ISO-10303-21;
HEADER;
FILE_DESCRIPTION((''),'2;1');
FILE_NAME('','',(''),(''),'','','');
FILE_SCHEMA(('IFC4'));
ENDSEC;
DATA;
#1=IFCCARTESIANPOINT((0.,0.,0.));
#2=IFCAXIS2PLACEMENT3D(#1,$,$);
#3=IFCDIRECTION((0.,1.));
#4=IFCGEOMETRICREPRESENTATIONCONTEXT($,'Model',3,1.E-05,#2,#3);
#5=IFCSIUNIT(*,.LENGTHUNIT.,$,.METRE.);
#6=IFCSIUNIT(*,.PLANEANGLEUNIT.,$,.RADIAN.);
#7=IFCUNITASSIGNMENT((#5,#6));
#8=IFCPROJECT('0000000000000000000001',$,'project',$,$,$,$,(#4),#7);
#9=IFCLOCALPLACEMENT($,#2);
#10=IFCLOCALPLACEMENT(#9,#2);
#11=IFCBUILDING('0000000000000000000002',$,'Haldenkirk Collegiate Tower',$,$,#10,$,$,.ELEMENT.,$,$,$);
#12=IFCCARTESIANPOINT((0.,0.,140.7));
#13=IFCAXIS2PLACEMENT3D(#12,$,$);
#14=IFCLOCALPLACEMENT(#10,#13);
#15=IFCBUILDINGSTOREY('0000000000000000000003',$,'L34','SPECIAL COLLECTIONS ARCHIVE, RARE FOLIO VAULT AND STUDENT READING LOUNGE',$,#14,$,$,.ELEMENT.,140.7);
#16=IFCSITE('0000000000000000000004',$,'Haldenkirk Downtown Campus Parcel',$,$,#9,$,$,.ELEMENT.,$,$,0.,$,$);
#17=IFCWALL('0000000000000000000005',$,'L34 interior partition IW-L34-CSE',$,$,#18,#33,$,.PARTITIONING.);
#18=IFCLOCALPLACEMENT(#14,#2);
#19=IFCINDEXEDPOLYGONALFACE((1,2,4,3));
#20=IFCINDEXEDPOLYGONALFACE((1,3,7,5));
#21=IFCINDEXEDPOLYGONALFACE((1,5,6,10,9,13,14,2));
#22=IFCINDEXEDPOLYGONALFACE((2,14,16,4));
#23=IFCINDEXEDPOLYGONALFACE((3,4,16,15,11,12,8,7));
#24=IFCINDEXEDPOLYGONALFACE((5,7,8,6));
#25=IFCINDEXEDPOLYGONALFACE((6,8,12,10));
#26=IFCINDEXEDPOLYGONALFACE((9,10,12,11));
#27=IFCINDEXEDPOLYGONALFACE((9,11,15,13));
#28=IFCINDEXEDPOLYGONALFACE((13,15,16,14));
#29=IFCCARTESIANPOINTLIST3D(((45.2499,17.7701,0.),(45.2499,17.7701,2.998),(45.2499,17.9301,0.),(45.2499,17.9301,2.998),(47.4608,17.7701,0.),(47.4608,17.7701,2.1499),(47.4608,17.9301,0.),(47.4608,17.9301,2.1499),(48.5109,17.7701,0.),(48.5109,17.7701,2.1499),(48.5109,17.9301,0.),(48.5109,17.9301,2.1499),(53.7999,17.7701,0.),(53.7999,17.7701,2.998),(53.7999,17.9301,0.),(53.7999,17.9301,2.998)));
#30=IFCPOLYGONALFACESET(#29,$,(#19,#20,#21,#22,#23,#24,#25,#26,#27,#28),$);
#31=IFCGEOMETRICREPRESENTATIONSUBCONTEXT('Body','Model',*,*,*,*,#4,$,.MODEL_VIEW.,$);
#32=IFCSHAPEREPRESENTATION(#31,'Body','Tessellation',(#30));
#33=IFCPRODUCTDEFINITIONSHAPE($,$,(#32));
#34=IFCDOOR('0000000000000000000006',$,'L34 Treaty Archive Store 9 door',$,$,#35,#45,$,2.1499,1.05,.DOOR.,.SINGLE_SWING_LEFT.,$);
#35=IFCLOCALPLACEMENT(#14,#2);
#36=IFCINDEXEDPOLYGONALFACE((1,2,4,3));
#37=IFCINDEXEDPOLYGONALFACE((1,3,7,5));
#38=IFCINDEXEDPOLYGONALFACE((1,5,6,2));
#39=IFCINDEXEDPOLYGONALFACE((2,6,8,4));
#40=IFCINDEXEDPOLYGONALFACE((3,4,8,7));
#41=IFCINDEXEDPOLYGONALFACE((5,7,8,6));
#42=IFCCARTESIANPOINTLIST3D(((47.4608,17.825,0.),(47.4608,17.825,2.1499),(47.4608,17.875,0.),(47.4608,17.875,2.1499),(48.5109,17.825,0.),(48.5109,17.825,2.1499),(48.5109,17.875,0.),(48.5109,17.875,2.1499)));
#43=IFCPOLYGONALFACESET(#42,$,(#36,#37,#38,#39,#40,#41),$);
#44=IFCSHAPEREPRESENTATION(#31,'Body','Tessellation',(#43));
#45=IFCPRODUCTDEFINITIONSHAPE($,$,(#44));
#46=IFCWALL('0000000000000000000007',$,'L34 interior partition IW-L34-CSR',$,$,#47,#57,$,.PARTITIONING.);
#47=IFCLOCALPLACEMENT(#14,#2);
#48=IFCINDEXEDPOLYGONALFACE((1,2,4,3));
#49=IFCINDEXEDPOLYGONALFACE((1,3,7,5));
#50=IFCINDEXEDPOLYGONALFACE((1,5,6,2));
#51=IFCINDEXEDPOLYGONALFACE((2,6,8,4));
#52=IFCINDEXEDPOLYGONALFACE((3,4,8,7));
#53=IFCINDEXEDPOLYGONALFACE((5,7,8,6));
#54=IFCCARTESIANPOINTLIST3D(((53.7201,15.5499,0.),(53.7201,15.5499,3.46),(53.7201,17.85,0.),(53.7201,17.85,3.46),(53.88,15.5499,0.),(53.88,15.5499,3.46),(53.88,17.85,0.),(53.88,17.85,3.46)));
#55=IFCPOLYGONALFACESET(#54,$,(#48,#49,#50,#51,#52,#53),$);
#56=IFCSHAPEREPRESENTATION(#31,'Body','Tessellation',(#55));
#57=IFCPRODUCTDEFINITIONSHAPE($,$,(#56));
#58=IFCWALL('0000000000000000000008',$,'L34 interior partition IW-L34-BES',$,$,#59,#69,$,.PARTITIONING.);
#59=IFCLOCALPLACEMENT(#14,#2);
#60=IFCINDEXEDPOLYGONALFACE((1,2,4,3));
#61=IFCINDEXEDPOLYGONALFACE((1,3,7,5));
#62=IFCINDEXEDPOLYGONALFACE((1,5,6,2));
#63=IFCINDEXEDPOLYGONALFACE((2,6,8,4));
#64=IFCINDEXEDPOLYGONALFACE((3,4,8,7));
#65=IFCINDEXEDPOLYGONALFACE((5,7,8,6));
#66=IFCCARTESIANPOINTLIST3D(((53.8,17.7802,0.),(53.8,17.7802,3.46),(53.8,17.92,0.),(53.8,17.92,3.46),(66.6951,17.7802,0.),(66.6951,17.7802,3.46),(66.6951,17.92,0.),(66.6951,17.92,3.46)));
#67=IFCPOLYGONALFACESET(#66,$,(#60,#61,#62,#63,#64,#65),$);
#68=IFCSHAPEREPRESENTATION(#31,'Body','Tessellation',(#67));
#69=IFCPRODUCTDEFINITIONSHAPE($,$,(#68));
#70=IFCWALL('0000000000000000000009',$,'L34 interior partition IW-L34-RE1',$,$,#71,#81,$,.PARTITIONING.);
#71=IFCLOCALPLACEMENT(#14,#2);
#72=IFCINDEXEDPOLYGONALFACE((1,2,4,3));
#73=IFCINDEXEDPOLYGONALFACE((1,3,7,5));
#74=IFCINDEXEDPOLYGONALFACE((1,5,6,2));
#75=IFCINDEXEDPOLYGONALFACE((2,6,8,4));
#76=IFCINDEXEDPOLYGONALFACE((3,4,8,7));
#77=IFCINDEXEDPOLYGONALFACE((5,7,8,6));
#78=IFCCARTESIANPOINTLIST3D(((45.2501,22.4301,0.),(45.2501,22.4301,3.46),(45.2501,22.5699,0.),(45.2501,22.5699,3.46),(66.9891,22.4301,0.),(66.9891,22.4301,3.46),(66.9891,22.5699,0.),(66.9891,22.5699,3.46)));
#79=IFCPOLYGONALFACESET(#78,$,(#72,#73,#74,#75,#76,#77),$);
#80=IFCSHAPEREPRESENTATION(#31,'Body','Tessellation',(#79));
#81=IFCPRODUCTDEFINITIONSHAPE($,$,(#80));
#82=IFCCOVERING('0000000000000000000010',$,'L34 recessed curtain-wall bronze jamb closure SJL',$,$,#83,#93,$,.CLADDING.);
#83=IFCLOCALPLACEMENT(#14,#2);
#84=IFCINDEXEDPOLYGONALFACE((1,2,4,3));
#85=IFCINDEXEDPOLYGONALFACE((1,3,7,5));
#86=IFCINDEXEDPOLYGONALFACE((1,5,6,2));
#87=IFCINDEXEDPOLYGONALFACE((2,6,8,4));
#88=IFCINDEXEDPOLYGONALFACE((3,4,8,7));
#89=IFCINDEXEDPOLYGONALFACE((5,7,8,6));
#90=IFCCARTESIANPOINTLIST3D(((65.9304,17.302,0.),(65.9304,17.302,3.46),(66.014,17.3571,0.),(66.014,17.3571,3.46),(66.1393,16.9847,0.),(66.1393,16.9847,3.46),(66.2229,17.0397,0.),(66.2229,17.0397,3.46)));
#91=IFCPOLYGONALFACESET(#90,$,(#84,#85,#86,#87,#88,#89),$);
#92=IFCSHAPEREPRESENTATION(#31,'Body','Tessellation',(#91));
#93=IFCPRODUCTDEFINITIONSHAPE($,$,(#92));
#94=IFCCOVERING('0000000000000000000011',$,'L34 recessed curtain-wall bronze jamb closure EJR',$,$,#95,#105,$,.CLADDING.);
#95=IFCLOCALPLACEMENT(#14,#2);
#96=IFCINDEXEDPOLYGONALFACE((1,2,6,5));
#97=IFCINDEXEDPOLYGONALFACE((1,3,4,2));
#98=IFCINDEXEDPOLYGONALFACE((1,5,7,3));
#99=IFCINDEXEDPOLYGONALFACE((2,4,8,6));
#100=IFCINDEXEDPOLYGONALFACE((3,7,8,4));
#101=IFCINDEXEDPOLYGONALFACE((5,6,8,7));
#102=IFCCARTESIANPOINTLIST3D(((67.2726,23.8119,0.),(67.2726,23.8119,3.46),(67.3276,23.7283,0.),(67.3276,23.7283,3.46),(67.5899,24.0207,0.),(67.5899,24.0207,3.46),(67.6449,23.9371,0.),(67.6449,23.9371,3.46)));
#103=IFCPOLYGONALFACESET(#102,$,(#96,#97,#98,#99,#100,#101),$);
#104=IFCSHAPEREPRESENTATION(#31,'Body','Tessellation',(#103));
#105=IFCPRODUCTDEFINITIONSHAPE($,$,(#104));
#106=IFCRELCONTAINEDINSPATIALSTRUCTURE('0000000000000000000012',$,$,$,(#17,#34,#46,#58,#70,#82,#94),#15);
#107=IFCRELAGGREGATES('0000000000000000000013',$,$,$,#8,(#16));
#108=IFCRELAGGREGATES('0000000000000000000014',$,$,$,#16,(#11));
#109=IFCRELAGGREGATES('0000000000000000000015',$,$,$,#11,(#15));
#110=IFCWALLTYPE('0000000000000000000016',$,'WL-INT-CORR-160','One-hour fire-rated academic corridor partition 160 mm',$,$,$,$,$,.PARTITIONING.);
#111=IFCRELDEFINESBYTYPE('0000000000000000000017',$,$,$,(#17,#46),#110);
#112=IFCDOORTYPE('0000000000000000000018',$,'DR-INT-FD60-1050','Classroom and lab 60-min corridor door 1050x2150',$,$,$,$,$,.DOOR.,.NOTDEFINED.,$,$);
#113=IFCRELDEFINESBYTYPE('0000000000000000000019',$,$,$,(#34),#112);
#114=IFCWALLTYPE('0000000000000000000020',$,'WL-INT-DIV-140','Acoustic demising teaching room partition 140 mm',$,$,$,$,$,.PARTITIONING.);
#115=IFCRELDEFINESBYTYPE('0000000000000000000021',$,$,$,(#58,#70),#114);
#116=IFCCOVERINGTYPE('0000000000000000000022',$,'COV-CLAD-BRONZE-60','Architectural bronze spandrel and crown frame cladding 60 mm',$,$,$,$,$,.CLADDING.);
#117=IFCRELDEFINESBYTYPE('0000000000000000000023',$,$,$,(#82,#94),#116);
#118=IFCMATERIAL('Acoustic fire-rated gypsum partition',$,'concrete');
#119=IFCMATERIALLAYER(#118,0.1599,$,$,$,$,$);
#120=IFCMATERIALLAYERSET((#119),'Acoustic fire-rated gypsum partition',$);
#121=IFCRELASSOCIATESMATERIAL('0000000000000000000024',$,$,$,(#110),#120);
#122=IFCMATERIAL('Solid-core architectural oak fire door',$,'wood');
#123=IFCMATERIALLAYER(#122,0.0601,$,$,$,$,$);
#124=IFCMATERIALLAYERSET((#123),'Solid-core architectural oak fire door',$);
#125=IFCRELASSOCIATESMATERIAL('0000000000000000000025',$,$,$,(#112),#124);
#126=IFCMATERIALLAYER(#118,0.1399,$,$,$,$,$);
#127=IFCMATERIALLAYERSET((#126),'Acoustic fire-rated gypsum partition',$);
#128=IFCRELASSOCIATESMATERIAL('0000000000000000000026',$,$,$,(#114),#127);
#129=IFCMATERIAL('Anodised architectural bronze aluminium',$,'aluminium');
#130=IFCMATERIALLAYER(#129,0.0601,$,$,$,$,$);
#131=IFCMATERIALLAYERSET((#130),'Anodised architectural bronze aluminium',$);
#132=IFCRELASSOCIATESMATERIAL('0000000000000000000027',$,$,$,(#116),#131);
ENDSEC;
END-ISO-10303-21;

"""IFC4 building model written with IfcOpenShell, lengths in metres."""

from ifc_helpers import new_model, si_unit, direction, frame, frame_2d, origin, origin_2d, place, context, subcontext, project, spatial, rectangle, extrude, source, transform, mapped, material, layer, layer_set, type_object, element, fill, save


model = new_model("IFC4")

# Units and contexts
model_context = context("Model", 3, precision=1e-05, world=origin(), true_north=direction((0.0, 1.0)))
body_context = subcontext(model_context, "Body", "Model", "MODEL_VIEW")
ifc_project = project(units=[si_unit("LENGTHUNIT", "METRE"), si_unit("PLANEANGLEUNIT", "RADIAN")], contexts=[model_context])

# Site, building, storey
site_placement = place(None, origin())
site = spatial("IfcSite", under=ifc_project, at=site_placement, Name="Haldenkirk Downtown Campus Parcel", CompositionType="ELEMENT", RefElevation=0.0)
building_placement = place(site_placement, origin())
building = spatial("IfcBuilding", under=site, at=building_placement, Name="Haldenkirk Collegiate Tower", CompositionType="ELEMENT")
storey_placement = place(building_placement, frame((0.0, 0.0, 140.7)))
storey = spatial("IfcBuildingStorey", under=building, at=storey_placement, Name="L34", Description="SPECIAL COLLECTIONS ARCHIVE, RARE FOLIO VAULT AND STUDENT READING LOUNGE", CompositionType="ELEMENT", Elevation=140.7)

# Shared definitions
ifc_material_1 = material(Name="Anodised architectural bronze aluminium", Category="aluminium")

# Wall, opening, door
ifc_material_2 = material(Name="Acoustic fire-rated gypsum partition", Category="concrete")
ifc_layer_1 = layer(ifc_material_2, 0.1599)
ifc_layer_set_1 = layer_set([ifc_layer_1], Name="Acoustic fire-rated gypsum partition")
wall_type_1 = type_object("IfcWallType", Name="WL-INT-CORR-160", Description="One-hour fire-rated academic corridor partition 160 mm", PredefinedType="PARTITIONING", material=ifc_layer_set_1)
wall_1_placement = place(storey_placement, frame((45.25, 17.8501, 0.0), z_axis=(0.0, 0.0, 1.0), x_axis=(1.0, 0.0, 0.0)))
wall_1 = element("IfcWall", 1, at=wall_1_placement, inside=storey, type_object=wall_type_1, Name="L34 interior partition IW-L34-CSE", PredefinedType="PARTITIONING", context=body_context, shape_type="SweptSolid", body=[
    extrude(rectangle(XDim=8.55, YDim=0.1599, at=frame_2d((4.2749, 0.0))), origin(), (0.0, 0.0, 1.0), 2.998),
])
opening_1_placement = place(wall_1_placement, frame((2.2109, 0.0, 0.0)))
opening_1 = element("IfcOpeningElement", 2, at=opening_1_placement, cuts=wall_1, PredefinedType="OPENING", context=body_context, shape_type="SweptSolid", body=[
    extrude(rectangle(XDim=1.05, YDim=2.1499, at=frame_2d((0.5249, 1.075))), frame((0.0, 0.0898, 0.0), z_axis=(0.0, -1.0, 0.0), x_axis=(1.0, 0.0, 0.0)), (0.0, 0.0, 1.0), 0.1799),
])
ifc_material_3 = material(Name="Solid-core architectural oak fire door", Category="wood")
ifc_layer_2 = layer(ifc_material_3, 0.0601)
ifc_layer_set_2 = layer_set([ifc_layer_2], Name="Solid-core architectural oak fire door")
door_type_1 = type_object("IfcDoorType", Name="DR-INT-FD60-1050", Description="Classroom and lab 60-min corridor door 1050x2150", OperationType="NOTDEFINED", PredefinedType="DOOR", material=ifc_layer_set_2)
door_1_placement = place(opening_1_placement, origin())
door_1 = element("IfcDoor", 3, at=door_1_placement, inside=storey, type_object=door_type_1, Name="L34 Treaty Archive Store 9 door", OperationType="SINGLE_SWING_LEFT", OverallHeight=2.1499, OverallWidth=1.05, PredefinedType="DOOR", context=body_context, shape_type="SweptSolid", body=[
    extrude(rectangle(XDim=1.05, YDim=2.1499, at=frame_2d((0.5249, 1.075))), frame((0.0, 0.0249, 0.0), z_axis=(0.0, -1.0, 0.0), x_axis=(1.0, 0.0, 0.0)), (0.0, 0.0, 1.0), 0.05),
])
fill(opening_1, door_1)

# Walls
wall_2_placement = place(storey_placement, frame((53.8, 15.55, 0.0), z_axis=(0.0, 0.0, 1.0), x_axis=(0.0, 1.0, 0.0)))
element("IfcWall", 4, at=wall_2_placement, inside=storey, type_object=wall_type_1, Name="L34 interior partition IW-L34-CSR", PredefinedType="PARTITIONING", context=body_context, shape_type="SweptSolid", body=[
    extrude(rectangle(XDim=2.3, YDim=0.1599, at=frame_2d((1.1499, 0.0))), origin(), (0.0, 0.0, 1.0), 3.46),
])
ifc_layer_3 = layer(ifc_material_2, 0.1399)
ifc_layer_set_3 = layer_set([ifc_layer_3], Name="Acoustic fire-rated gypsum partition")
wall_type_2 = type_object("IfcWallType", Name="WL-INT-DIV-140", Description="Acoustic demising teaching room partition 140 mm", PredefinedType="PARTITIONING", material=ifc_layer_set_3)
wall_3_placement = place(storey_placement, frame((53.8, 17.8501, 0.0), z_axis=(0.0, 0.0, 1.0), x_axis=(1.0, 0.0, 0.0)))
element("IfcWall", 5, at=wall_3_placement, inside=storey, type_object=wall_type_2, Name="L34 interior partition IW-L34-BES", PredefinedType="PARTITIONING", context=body_context, shape_type="SweptSolid", body=[
    extrude(rectangle(XDim=12.895, YDim=0.1399, at=frame_2d((6.4475, 0.0))), origin(), (0.0, 0.0, 1.0), 3.46),
])
wall_4_placement = place(storey_placement, frame((45.25, 22.5, 0.0), z_axis=(0.0, 0.0, 1.0), x_axis=(1.0, 0.0, 0.0)))
element("IfcWall", 6, at=wall_4_placement, inside=storey, type_object=wall_type_2, Name="L34 interior partition IW-L34-RE1", PredefinedType="PARTITIONING", context=body_context, shape_type="SweptSolid", body=[
    extrude(rectangle(XDim=21.739, YDim=0.1399, at=frame_2d((10.8696, 0.0))), origin(), (0.0, 0.0, 1.0), 3.46),
])

# Coverings
ifc_layer_4 = layer(ifc_material_1, 0.0601)
ifc_layer_set_4 = layer_set([ifc_layer_4], Name="Anodised architectural bronze aluminium")
covering_type = type_object("IfcCoveringType", Name="COV-CLAD-BRONZE-60", Description="Architectural bronze spandrel and crown frame cladding 60 mm", PredefinedType="CLADDING", material=ifc_layer_set_4)
shared_shape_1 = source(origin(), body_context, "Body", "SweptSolid", [
    extrude(rectangle(XDim=0.1001, YDim=0.3799, at=origin_2d()), origin(), (0.0, 0.0, 1.0), 3.46),
])
for number, where, z_axis, x_axis, name in (
    (7, (66.0767, 17.1709, 0.0), (0.0, 0.0, 1.0), (-0.835328, -0.549752, 0.0), "L34 recessed curtain-wall bronze jamb closure SJL"),
    (8, (67.4587, 23.8745, 0.0), (0.0, 0.0, 1.0), (0.549752, -0.835328, 0.0), "L34 recessed curtain-wall bronze jamb closure EJR"),
):
    element("IfcCovering", number, at=place(storey_placement, frame(where, z_axis=z_axis, x_axis=x_axis)), inside=storey, type_object=covering_type, Name=name, PredefinedType="CLADDING", context=body_context, shape_type="MappedRepresentation", body=[
        mapped(shared_shape_1, transform((0.0, 0.0, 0.0), x_axis=(1.0, 0.0, 0.0), y_axis=(0.0, 1.0, 0.0), z_axis=(0.0, 0.0, 1.0), scale=1.0)),
    ])

save(model, "model.ifc")
